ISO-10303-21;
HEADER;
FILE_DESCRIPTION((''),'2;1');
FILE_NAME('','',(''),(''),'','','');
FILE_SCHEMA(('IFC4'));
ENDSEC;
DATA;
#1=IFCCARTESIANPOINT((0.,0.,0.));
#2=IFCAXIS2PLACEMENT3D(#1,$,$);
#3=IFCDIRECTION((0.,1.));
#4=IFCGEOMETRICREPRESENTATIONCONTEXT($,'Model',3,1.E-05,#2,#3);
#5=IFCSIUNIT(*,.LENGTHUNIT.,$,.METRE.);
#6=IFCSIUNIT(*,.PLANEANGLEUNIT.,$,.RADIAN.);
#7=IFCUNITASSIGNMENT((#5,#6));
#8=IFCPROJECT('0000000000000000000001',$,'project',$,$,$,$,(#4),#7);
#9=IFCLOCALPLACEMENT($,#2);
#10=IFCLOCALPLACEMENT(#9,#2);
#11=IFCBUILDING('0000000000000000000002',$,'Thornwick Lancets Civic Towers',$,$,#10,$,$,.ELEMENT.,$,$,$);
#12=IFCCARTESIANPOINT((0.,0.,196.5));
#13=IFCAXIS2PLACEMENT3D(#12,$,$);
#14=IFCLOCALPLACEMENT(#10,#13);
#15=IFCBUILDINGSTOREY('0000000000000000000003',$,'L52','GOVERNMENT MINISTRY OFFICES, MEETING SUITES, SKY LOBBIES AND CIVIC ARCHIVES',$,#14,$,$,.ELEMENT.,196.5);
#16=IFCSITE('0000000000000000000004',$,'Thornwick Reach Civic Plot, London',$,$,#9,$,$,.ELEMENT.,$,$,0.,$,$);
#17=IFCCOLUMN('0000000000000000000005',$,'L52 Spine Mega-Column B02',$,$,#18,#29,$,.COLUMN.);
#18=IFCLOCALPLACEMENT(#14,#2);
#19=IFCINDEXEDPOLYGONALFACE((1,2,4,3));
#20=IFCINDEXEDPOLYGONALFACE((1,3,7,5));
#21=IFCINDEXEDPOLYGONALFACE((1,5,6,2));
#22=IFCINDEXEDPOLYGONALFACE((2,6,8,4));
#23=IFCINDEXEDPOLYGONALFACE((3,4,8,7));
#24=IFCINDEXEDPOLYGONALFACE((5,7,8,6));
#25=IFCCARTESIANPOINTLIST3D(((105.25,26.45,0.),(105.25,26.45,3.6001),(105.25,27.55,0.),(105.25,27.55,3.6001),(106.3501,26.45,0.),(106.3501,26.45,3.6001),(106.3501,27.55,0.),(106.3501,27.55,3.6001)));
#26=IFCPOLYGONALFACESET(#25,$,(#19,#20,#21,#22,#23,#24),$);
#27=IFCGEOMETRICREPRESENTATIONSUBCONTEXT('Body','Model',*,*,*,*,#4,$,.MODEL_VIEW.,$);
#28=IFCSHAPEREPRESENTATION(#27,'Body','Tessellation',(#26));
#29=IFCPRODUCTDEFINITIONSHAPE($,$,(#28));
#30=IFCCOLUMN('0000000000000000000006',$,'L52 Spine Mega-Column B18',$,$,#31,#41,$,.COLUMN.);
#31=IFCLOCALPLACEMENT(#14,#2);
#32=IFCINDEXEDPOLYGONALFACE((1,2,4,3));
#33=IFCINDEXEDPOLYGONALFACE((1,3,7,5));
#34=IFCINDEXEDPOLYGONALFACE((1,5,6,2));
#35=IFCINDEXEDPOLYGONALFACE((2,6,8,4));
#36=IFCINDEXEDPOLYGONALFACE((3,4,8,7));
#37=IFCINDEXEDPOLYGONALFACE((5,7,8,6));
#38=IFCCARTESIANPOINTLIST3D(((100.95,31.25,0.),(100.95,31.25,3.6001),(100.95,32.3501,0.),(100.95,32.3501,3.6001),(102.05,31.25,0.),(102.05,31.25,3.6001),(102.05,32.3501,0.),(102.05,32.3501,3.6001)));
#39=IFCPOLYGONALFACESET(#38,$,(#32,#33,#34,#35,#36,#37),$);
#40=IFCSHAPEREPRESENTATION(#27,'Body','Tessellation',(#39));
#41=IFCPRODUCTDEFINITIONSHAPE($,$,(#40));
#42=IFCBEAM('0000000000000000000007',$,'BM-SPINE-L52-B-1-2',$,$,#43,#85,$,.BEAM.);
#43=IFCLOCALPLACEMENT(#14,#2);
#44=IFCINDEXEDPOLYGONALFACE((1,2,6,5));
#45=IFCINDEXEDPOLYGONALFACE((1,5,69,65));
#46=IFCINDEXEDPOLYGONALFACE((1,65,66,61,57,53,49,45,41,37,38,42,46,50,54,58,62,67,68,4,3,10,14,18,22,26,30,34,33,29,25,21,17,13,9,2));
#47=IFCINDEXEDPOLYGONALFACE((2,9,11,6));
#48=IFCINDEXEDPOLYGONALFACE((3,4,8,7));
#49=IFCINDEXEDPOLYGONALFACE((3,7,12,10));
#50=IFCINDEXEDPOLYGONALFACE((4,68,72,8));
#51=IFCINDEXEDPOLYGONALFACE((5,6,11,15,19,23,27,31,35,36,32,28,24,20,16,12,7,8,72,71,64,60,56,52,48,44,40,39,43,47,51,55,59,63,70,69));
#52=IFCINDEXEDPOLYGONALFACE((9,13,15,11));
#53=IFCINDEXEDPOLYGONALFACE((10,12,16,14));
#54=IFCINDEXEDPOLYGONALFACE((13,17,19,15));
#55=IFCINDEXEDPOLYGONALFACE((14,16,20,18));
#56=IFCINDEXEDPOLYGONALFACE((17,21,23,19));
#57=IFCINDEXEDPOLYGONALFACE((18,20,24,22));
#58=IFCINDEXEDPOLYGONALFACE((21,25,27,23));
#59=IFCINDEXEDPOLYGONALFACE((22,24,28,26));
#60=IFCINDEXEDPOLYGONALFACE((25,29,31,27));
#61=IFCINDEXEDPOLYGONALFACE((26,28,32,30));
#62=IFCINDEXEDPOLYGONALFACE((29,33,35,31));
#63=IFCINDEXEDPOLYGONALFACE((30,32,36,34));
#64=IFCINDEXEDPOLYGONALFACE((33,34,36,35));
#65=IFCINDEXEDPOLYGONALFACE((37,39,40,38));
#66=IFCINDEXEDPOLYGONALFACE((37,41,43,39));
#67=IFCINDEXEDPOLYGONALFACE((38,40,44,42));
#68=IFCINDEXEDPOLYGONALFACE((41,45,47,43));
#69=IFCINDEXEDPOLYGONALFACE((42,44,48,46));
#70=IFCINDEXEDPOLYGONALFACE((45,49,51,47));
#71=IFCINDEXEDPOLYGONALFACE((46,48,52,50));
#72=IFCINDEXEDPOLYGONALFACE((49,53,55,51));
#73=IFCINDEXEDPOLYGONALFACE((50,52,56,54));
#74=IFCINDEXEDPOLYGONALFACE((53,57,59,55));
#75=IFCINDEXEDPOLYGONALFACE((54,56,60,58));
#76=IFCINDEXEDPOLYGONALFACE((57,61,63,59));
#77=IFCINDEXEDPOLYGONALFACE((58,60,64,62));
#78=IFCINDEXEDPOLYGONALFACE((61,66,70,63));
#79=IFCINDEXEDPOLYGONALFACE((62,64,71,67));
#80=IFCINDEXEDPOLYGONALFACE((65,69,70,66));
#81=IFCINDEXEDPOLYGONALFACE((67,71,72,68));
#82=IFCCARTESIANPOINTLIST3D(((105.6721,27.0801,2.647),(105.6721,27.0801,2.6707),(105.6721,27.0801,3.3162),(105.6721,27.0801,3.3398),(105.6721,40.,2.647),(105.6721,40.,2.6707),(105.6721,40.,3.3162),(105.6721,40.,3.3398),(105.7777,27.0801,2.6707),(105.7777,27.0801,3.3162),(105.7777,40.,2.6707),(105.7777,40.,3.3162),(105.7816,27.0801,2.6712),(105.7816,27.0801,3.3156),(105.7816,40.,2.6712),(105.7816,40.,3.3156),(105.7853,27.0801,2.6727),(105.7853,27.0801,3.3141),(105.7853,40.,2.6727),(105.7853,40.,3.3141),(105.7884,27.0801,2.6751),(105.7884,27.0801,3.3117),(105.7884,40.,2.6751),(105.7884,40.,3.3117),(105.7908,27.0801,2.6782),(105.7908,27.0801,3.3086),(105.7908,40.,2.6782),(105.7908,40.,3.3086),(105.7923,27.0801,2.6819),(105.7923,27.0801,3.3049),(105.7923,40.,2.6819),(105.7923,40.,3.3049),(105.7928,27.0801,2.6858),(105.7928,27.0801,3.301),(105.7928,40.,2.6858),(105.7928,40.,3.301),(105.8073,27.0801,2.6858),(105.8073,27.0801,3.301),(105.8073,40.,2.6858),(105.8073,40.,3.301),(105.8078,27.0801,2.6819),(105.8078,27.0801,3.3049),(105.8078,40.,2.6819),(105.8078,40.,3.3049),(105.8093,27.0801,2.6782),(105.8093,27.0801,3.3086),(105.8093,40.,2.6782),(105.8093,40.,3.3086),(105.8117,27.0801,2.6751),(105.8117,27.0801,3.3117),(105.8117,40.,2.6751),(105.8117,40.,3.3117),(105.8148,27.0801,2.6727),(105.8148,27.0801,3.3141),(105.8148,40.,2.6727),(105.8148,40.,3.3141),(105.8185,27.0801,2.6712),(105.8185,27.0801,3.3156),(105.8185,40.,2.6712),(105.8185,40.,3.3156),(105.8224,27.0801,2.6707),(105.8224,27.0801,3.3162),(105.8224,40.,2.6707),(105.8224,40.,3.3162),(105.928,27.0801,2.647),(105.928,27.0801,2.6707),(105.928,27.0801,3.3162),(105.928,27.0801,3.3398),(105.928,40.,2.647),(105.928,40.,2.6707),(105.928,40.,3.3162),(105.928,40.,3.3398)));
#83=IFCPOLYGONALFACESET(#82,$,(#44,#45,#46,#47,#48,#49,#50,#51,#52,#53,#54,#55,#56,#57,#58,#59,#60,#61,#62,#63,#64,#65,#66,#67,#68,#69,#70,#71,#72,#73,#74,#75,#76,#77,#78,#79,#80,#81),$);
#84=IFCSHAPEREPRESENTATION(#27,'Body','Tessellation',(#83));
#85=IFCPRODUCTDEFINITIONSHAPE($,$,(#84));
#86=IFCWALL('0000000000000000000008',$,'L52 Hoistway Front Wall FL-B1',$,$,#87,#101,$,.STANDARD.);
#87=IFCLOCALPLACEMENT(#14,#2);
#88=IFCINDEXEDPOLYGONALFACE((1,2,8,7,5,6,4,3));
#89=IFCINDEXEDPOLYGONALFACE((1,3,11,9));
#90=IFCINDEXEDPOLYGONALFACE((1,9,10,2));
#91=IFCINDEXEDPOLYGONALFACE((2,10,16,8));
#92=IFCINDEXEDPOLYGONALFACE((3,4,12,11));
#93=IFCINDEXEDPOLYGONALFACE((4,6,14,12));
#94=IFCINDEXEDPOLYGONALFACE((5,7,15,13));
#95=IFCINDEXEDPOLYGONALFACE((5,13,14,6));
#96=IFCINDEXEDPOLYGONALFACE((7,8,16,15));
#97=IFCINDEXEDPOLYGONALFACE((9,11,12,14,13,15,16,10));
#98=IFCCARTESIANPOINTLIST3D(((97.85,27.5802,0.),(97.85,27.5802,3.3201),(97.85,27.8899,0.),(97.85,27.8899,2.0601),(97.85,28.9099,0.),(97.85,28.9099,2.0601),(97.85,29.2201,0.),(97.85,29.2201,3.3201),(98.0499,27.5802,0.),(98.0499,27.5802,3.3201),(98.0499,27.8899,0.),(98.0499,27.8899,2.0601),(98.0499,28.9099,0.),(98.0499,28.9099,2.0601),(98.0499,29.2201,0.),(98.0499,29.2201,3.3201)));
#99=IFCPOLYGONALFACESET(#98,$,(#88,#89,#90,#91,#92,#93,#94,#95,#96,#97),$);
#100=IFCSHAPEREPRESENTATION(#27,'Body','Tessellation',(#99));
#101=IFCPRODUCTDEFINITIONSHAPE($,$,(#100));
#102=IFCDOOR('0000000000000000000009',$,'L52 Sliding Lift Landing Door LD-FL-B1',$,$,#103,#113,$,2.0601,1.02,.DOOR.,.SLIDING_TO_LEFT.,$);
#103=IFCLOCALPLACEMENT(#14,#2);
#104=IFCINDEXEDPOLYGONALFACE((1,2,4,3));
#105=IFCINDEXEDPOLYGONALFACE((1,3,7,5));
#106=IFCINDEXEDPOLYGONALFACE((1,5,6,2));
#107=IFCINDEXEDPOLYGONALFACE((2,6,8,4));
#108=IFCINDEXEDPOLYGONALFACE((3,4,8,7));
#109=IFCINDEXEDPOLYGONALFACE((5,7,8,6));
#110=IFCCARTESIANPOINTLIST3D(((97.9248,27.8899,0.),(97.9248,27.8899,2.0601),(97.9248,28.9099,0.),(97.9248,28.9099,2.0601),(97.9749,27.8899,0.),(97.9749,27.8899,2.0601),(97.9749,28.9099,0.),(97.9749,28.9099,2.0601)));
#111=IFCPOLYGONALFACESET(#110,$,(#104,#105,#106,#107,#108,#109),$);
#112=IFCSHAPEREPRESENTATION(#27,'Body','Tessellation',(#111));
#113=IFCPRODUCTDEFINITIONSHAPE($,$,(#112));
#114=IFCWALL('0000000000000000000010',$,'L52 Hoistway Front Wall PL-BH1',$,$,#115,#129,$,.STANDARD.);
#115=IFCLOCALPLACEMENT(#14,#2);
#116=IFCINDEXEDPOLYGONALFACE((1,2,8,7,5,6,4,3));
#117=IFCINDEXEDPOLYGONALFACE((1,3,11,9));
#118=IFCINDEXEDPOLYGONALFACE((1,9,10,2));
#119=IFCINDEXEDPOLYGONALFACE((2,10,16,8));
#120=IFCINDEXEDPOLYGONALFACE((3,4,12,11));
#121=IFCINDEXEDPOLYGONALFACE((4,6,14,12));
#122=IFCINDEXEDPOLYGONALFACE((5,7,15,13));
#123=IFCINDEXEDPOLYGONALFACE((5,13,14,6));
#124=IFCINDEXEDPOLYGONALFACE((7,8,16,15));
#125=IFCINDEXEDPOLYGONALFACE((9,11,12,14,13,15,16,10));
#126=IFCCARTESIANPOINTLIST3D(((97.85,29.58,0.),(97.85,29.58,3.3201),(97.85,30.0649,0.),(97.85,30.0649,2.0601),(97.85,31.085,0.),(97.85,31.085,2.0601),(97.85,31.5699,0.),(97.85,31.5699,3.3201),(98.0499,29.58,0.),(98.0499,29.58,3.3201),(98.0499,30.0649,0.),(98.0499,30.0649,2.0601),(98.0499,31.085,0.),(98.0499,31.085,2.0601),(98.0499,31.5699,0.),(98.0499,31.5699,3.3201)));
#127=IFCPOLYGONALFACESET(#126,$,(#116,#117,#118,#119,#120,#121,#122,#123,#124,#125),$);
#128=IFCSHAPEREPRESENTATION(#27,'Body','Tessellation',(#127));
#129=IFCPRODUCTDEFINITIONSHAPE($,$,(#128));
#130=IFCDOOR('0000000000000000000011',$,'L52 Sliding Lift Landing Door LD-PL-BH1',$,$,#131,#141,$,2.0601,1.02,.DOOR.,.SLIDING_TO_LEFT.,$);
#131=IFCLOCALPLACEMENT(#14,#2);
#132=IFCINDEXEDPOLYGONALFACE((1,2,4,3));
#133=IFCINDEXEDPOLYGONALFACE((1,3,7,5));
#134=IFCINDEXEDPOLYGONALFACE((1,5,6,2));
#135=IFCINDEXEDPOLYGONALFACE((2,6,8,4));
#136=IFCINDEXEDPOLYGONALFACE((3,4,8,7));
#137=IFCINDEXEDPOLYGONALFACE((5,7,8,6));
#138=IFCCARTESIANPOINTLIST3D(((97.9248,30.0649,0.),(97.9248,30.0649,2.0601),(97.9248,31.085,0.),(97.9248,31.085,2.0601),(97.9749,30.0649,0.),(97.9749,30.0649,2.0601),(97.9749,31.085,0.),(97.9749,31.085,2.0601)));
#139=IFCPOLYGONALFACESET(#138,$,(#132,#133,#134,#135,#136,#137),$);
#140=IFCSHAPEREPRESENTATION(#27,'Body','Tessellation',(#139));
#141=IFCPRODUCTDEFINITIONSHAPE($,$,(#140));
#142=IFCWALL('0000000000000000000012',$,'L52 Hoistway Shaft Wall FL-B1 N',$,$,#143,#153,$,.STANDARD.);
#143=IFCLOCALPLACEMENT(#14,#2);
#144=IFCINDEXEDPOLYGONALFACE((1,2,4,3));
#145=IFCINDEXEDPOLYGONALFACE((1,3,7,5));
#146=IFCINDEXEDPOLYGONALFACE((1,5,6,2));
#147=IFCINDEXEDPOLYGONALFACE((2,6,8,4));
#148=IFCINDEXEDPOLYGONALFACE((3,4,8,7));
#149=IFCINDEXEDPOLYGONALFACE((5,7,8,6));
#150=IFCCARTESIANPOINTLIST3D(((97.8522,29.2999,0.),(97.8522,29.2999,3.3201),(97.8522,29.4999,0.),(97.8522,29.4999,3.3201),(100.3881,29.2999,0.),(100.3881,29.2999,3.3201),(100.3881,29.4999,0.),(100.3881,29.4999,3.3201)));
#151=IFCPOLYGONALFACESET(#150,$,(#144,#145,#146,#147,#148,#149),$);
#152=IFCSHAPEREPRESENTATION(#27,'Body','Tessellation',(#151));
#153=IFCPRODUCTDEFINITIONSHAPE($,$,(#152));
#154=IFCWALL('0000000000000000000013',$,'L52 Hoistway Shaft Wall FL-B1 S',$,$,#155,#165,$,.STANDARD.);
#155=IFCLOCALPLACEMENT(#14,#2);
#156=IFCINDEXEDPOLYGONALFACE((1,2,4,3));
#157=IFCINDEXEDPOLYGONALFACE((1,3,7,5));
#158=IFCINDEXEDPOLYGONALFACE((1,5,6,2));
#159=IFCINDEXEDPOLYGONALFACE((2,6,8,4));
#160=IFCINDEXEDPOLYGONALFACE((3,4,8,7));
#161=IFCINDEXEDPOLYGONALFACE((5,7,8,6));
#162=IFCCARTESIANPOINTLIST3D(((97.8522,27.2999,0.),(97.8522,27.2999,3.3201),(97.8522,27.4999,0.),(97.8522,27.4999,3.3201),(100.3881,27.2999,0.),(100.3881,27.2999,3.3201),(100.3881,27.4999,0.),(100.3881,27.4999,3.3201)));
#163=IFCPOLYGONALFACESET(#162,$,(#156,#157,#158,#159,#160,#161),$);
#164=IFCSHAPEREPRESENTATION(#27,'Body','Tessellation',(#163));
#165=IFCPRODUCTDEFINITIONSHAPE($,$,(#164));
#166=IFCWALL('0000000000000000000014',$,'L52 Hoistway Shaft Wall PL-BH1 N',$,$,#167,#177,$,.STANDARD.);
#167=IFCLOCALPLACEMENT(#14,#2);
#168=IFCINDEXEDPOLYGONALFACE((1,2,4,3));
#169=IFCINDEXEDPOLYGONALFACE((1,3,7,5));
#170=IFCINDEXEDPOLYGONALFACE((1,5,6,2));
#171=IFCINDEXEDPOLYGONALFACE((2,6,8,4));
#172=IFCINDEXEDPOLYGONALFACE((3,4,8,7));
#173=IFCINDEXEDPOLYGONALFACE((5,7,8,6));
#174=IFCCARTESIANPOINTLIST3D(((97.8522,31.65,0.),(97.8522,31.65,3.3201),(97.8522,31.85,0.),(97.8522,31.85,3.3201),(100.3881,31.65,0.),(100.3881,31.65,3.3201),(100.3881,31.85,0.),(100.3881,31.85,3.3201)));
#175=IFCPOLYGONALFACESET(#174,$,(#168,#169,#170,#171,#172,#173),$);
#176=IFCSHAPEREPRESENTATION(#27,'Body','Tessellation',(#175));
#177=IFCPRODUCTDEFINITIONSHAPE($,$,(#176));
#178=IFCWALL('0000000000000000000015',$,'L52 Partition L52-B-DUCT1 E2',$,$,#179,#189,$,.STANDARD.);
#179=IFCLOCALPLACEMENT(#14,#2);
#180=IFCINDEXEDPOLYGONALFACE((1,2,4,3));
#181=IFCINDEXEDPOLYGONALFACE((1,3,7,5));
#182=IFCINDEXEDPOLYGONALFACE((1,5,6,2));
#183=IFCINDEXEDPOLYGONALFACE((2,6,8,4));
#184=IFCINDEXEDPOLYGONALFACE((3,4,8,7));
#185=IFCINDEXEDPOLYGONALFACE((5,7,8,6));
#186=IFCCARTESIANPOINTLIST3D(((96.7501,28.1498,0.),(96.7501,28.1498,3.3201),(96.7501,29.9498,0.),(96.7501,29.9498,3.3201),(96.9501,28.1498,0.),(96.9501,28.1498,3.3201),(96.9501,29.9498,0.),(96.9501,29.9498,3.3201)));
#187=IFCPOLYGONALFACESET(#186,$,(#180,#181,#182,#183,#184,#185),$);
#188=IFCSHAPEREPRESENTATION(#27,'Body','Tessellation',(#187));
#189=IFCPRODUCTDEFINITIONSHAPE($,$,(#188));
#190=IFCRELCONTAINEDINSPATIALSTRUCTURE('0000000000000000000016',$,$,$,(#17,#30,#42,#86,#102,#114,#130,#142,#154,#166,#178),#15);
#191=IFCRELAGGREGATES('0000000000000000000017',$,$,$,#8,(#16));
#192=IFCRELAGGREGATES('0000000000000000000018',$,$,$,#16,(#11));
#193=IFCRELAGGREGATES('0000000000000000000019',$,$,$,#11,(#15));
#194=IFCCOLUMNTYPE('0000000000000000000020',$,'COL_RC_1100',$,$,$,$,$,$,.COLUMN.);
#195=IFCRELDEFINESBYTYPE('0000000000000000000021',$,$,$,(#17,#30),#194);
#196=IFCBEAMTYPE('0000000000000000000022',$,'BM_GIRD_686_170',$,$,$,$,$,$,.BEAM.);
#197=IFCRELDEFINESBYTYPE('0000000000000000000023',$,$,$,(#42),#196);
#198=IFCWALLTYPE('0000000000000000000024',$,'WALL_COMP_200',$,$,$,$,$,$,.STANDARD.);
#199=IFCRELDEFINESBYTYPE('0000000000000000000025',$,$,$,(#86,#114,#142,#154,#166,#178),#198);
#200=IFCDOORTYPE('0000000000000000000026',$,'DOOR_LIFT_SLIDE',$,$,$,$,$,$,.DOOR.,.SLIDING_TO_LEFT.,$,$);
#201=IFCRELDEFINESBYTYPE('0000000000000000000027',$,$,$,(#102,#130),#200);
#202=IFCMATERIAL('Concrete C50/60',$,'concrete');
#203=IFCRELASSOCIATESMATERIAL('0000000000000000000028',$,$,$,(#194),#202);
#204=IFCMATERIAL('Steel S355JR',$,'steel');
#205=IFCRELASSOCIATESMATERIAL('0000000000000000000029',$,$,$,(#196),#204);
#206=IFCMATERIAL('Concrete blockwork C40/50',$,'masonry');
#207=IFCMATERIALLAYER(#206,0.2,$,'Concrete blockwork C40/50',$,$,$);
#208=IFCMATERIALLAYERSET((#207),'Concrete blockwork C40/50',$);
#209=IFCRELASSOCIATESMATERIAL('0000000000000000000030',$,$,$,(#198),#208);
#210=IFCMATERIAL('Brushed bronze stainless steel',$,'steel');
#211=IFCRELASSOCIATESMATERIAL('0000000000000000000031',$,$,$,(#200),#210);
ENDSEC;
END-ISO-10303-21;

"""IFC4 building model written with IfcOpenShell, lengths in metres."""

from ifc_helpers import new_model, si_unit, direction, frame, frame_2d, origin, origin_2d, place, context, subcontext, project, spatial, rectangle, i_section, extrude, material, layer, layer_set, material_profile, profile_set, type_object, element, fill, save


model = new_model("IFC4")

# Units and contexts
model_context = context("Model", 3, precision=1e-05, world=origin(), true_north=direction((0.0, 1.0)))
body_context = subcontext(model_context, "Body", "Model", "MODEL_VIEW")
ifc_project = project(units=[si_unit("LENGTHUNIT", "METRE"), si_unit("PLANEANGLEUNIT", "RADIAN")], contexts=[model_context])

# Site, building, storey
site_placement = place(None, origin())
site = spatial("IfcSite", under=ifc_project, at=site_placement, Name="Thornwick Reach Civic Plot, London", CompositionType="ELEMENT", RefElevation=0.0)
building_placement = place(site_placement, origin())
building = spatial("IfcBuilding", under=site, at=building_placement, Name="Thornwick Lancets Civic Towers", CompositionType="ELEMENT")
storey_placement = place(building_placement, frame((0.0, 0.0, 196.5)))
storey = spatial("IfcBuildingStorey", under=building, at=storey_placement, Name="L52", Description="GOVERNMENT MINISTRY OFFICES, MEETING SUITES, SKY LOBBIES AND CIVIC ARCHIVES", CompositionType="ELEMENT", Elevation=196.5)

# Columns
ifc_material_1 = material(Name="Concrete C50/60", Category="concrete")
ifc_material_profile_1 = material_profile(ifc_material_1, rectangle(XDim=1.1001, YDim=1.1001, at=origin_2d()), Name="RC 1100x1100")
ifc_profile_set_1 = profile_set([ifc_material_profile_1], Name="Concrete C50/60")
column_type = type_object("IfcColumnType", Name="COL_RC_1100", PredefinedType="COLUMN", material=ifc_profile_set_1)
for number, where, z_axis, x_axis, name in (
    (1, (105.8, 27.0, 0.0), (0.0, 0.0, 1.0), (1.0, 0.0, 0.0), "L52 Spine Mega-Column B02"),
    (2, (101.5, 31.8, 0.0), (0.0, 0.0, 1.0), (1.0, 0.0, 0.0), "L52 Spine Mega-Column B18"),
):
    element("IfcColumn", number, at=place(storey_placement, frame(where, z_axis=z_axis, x_axis=x_axis)), inside=storey, type_object=column_type, Name=name, PredefinedType="COLUMN", context=body_context, shape_type="SweptSolid", body=[
        extrude(rectangle(XDim=1.1001, YDim=1.1001, at=origin_2d()), origin(), (0.0, 0.0, 1.0), 3.6001),
    ])

# Beam
ifc_material_2 = material(Name="Steel S355JR", Category="steel")
ifc_material_profile_2 = material_profile(ifc_material_2, i_section(OverallWidth=0.2559, OverallDepth=0.6929, WebThickness=0.0144, FlangeThickness=0.0237, FilletRadius=0.0151, at=origin_2d()), Name="UKB 686x254x170")
ifc_profile_set_2 = profile_set([ifc_material_profile_2], Name="Steel S355JR")
beam_type = type_object("IfcBeamType", Name="BM_GIRD_686_170", PredefinedType="BEAM", material=ifc_profile_set_2)
beam_placement = place(storey_placement, frame((105.8, 27.0801, 2.9934), z_axis=(0.0, 1.0, 0.0), x_axis=(-1.0, 0.0, 0.0)))
element("IfcBeam", 3, at=beam_placement, inside=storey, type_object=beam_type, Name="BM-SPINE-L52-B-1-2", PredefinedType="BEAM", context=body_context, shape_type="SweptSolid", body=[
    extrude(i_section(OverallWidth=0.2559, OverallDepth=0.6929, WebThickness=0.0144, FlangeThickness=0.0237, FilletRadius=0.0151, at=origin_2d()), origin(), (0.0, 0.0, 1.0), 12.9199),
])

# Walls, openings, doors
ifc_material_3 = material(Name="Concrete blockwork C40/50", Category="masonry")
ifc_layer_1 = layer(ifc_material_3, 0.2, Name="Concrete blockwork C40/50")
ifc_layer_set_1 = layer_set([ifc_layer_1], Name="Concrete blockwork C40/50")
wall_type_1 = type_object("IfcWallType", Name="WALL_COMP_200", PredefinedType="STANDARD", material=ifc_layer_set_1)
wall_1_placement = place(storey_placement, frame((97.95, 29.22, 0.0), z_axis=(0.0, 0.0, 1.0), x_axis=(0.0, -1.0, 0.0)))
wall_1 = element("IfcWall", 4, at=wall_1_placement, inside=storey, type_object=wall_type_1, Name="L52 Hoistway Front Wall FL-B1", PredefinedType="STANDARD", context=body_context, shape_type="SweptSolid", body=[
    extrude(rectangle(XDim=1.6399, YDim=0.2, at=frame_2d((0.8198, 0.0))), origin(), (0.0, 0.0, 1.0), 3.3201),
])
opening_1_placement = place(wall_1_placement, frame((0.3101, 0.0, 0.0)))
opening_1 = element("IfcOpeningElement", 5, at=opening_1_placement, cuts=wall_1, PredefinedType="OPENING", context=body_context, shape_type="SweptSolid", body=[
    extrude(rectangle(XDim=1.02, YDim=2.0601, at=frame_2d((0.51, 1.03))), frame((0.0, 0.1099, 0.0), z_axis=(0.0, -1.0, 0.0), x_axis=(1.0, 0.0, 0.0)), (0.0, 0.0, 1.0), 0.22),
])
ifc_material_4 = material(Name="Brushed bronze stainless steel", Category="steel")
door_type_1 = type_object("IfcDoorType", Name="DOOR_LIFT_SLIDE", OperationType="SLIDING_TO_LEFT", PredefinedType="DOOR", material=ifc_material_4)
door_1_placement = place(opening_1_placement, origin())
door_1 = element("IfcDoor", 6, at=door_1_placement, inside=storey, type_object=door_type_1, Name="L52 Sliding Lift Landing Door LD-FL-B1", OperationType="SLIDING_TO_LEFT", OverallHeight=2.0601, OverallWidth=1.02, PredefinedType="DOOR", context=body_context, shape_type="SweptSolid", body=[
    extrude(rectangle(XDim=1.02, YDim=2.0601, at=frame_2d((0.51, 1.03))), frame((0.0, 0.0249, 0.0), z_axis=(0.0, -1.0, 0.0), x_axis=(1.0, 0.0, 0.0)), (0.0, 0.0, 1.0), 0.05),
])
fill(opening_1, door_1)
wall_2_placement = place(storey_placement, frame((97.95, 31.5701, 0.0), z_axis=(0.0, 0.0, 1.0), x_axis=(0.0, -1.0, 0.0)))
wall_2 = element("IfcWall", 7, at=wall_2_placement, inside=storey, type_object=wall_type_1, Name="L52 Hoistway Front Wall PL-BH1", PredefinedType="STANDARD", context=body_context, shape_type="SweptSolid", body=[
    extrude(rectangle(XDim=1.99, YDim=0.2, at=frame_2d((0.9951, 0.0))), origin(), (0.0, 0.0, 1.0), 3.3201),
])
opening_2_placement = place(wall_2_placement, frame((0.4851, 0.0, 0.0)))
opening_2 = element("IfcOpeningElement", 8, at=opening_2_placement, cuts=wall_2, PredefinedType="OPENING", context=body_context, shape_type="SweptSolid", body=[
    extrude(rectangle(XDim=1.02, YDim=2.0601, at=frame_2d((0.51, 1.03))), frame((0.0, 0.1099, 0.0), z_axis=(0.0, -1.0, 0.0), x_axis=(1.0, 0.0, 0.0)), (0.0, 0.0, 1.0), 0.22),
])
door_2_placement = place(opening_2_placement, origin())
door_2 = element("IfcDoor", 9, at=door_2_placement, inside=storey, type_object=door_type_1, Name="L52 Sliding Lift Landing Door LD-PL-BH1", OperationType="SLIDING_TO_LEFT", OverallHeight=2.0601, OverallWidth=1.02, PredefinedType="DOOR", context=body_context, shape_type="SweptSolid", body=[
    extrude(rectangle(XDim=1.02, YDim=2.0601, at=frame_2d((0.51, 1.03))), frame((0.0, 0.0249, 0.0), z_axis=(0.0, -1.0, 0.0), x_axis=(1.0, 0.0, 0.0)), (0.0, 0.0, 1.0), 0.05),
])
fill(opening_2, door_2)

# Walls
for number, where, z_axis, x_axis, name in (
    (10, (97.8521, 29.3999, 0.0), (0.0, 0.0, 1.0), (1.0, 0.0, 0.0), "L52 Hoistway Shaft Wall FL-B1 N"),
    (11, (97.8521, 27.3999, 0.0), (0.0, 0.0, 1.0), (1.0, 0.0, 0.0), "L52 Hoistway Shaft Wall FL-B1 S"),
    (12, (97.8521, 31.75, 0.0), (0.0, 0.0, 1.0), (1.0, 0.0, 0.0), "L52 Hoistway Shaft Wall PL-BH1 N"),
):
    element("IfcWall", number, at=place(storey_placement, frame(where, z_axis=z_axis, x_axis=x_axis)), inside=storey, type_object=wall_type_1, Name=name, PredefinedType="STANDARD", context=body_context, shape_type="SweptSolid", body=[
        extrude(rectangle(XDim=2.5359, YDim=0.2, at=frame_2d((1.2681, 0.0))), origin(), (0.0, 0.0, 1.0), 3.3201),
    ])
wall_3_placement = place(storey_placement, frame((96.8501, 28.1499, 0.0), z_axis=(0.0, 0.0, 1.0), x_axis=(0.0, 1.0, 0.0)))
element("IfcWall", 13, at=wall_3_placement, inside=storey, type_object=wall_type_1, Name="L52 Partition L52-B-DUCT1 E2", PredefinedType="STANDARD", context=body_context, shape_type="SweptSolid", body=[
    extrude(rectangle(XDim=1.8, YDim=0.2, at=frame_2d((0.8999, 0.0))), origin(), (0.0, 0.0, 1.0), 3.3201),
])

save(model, "model.ifc")
